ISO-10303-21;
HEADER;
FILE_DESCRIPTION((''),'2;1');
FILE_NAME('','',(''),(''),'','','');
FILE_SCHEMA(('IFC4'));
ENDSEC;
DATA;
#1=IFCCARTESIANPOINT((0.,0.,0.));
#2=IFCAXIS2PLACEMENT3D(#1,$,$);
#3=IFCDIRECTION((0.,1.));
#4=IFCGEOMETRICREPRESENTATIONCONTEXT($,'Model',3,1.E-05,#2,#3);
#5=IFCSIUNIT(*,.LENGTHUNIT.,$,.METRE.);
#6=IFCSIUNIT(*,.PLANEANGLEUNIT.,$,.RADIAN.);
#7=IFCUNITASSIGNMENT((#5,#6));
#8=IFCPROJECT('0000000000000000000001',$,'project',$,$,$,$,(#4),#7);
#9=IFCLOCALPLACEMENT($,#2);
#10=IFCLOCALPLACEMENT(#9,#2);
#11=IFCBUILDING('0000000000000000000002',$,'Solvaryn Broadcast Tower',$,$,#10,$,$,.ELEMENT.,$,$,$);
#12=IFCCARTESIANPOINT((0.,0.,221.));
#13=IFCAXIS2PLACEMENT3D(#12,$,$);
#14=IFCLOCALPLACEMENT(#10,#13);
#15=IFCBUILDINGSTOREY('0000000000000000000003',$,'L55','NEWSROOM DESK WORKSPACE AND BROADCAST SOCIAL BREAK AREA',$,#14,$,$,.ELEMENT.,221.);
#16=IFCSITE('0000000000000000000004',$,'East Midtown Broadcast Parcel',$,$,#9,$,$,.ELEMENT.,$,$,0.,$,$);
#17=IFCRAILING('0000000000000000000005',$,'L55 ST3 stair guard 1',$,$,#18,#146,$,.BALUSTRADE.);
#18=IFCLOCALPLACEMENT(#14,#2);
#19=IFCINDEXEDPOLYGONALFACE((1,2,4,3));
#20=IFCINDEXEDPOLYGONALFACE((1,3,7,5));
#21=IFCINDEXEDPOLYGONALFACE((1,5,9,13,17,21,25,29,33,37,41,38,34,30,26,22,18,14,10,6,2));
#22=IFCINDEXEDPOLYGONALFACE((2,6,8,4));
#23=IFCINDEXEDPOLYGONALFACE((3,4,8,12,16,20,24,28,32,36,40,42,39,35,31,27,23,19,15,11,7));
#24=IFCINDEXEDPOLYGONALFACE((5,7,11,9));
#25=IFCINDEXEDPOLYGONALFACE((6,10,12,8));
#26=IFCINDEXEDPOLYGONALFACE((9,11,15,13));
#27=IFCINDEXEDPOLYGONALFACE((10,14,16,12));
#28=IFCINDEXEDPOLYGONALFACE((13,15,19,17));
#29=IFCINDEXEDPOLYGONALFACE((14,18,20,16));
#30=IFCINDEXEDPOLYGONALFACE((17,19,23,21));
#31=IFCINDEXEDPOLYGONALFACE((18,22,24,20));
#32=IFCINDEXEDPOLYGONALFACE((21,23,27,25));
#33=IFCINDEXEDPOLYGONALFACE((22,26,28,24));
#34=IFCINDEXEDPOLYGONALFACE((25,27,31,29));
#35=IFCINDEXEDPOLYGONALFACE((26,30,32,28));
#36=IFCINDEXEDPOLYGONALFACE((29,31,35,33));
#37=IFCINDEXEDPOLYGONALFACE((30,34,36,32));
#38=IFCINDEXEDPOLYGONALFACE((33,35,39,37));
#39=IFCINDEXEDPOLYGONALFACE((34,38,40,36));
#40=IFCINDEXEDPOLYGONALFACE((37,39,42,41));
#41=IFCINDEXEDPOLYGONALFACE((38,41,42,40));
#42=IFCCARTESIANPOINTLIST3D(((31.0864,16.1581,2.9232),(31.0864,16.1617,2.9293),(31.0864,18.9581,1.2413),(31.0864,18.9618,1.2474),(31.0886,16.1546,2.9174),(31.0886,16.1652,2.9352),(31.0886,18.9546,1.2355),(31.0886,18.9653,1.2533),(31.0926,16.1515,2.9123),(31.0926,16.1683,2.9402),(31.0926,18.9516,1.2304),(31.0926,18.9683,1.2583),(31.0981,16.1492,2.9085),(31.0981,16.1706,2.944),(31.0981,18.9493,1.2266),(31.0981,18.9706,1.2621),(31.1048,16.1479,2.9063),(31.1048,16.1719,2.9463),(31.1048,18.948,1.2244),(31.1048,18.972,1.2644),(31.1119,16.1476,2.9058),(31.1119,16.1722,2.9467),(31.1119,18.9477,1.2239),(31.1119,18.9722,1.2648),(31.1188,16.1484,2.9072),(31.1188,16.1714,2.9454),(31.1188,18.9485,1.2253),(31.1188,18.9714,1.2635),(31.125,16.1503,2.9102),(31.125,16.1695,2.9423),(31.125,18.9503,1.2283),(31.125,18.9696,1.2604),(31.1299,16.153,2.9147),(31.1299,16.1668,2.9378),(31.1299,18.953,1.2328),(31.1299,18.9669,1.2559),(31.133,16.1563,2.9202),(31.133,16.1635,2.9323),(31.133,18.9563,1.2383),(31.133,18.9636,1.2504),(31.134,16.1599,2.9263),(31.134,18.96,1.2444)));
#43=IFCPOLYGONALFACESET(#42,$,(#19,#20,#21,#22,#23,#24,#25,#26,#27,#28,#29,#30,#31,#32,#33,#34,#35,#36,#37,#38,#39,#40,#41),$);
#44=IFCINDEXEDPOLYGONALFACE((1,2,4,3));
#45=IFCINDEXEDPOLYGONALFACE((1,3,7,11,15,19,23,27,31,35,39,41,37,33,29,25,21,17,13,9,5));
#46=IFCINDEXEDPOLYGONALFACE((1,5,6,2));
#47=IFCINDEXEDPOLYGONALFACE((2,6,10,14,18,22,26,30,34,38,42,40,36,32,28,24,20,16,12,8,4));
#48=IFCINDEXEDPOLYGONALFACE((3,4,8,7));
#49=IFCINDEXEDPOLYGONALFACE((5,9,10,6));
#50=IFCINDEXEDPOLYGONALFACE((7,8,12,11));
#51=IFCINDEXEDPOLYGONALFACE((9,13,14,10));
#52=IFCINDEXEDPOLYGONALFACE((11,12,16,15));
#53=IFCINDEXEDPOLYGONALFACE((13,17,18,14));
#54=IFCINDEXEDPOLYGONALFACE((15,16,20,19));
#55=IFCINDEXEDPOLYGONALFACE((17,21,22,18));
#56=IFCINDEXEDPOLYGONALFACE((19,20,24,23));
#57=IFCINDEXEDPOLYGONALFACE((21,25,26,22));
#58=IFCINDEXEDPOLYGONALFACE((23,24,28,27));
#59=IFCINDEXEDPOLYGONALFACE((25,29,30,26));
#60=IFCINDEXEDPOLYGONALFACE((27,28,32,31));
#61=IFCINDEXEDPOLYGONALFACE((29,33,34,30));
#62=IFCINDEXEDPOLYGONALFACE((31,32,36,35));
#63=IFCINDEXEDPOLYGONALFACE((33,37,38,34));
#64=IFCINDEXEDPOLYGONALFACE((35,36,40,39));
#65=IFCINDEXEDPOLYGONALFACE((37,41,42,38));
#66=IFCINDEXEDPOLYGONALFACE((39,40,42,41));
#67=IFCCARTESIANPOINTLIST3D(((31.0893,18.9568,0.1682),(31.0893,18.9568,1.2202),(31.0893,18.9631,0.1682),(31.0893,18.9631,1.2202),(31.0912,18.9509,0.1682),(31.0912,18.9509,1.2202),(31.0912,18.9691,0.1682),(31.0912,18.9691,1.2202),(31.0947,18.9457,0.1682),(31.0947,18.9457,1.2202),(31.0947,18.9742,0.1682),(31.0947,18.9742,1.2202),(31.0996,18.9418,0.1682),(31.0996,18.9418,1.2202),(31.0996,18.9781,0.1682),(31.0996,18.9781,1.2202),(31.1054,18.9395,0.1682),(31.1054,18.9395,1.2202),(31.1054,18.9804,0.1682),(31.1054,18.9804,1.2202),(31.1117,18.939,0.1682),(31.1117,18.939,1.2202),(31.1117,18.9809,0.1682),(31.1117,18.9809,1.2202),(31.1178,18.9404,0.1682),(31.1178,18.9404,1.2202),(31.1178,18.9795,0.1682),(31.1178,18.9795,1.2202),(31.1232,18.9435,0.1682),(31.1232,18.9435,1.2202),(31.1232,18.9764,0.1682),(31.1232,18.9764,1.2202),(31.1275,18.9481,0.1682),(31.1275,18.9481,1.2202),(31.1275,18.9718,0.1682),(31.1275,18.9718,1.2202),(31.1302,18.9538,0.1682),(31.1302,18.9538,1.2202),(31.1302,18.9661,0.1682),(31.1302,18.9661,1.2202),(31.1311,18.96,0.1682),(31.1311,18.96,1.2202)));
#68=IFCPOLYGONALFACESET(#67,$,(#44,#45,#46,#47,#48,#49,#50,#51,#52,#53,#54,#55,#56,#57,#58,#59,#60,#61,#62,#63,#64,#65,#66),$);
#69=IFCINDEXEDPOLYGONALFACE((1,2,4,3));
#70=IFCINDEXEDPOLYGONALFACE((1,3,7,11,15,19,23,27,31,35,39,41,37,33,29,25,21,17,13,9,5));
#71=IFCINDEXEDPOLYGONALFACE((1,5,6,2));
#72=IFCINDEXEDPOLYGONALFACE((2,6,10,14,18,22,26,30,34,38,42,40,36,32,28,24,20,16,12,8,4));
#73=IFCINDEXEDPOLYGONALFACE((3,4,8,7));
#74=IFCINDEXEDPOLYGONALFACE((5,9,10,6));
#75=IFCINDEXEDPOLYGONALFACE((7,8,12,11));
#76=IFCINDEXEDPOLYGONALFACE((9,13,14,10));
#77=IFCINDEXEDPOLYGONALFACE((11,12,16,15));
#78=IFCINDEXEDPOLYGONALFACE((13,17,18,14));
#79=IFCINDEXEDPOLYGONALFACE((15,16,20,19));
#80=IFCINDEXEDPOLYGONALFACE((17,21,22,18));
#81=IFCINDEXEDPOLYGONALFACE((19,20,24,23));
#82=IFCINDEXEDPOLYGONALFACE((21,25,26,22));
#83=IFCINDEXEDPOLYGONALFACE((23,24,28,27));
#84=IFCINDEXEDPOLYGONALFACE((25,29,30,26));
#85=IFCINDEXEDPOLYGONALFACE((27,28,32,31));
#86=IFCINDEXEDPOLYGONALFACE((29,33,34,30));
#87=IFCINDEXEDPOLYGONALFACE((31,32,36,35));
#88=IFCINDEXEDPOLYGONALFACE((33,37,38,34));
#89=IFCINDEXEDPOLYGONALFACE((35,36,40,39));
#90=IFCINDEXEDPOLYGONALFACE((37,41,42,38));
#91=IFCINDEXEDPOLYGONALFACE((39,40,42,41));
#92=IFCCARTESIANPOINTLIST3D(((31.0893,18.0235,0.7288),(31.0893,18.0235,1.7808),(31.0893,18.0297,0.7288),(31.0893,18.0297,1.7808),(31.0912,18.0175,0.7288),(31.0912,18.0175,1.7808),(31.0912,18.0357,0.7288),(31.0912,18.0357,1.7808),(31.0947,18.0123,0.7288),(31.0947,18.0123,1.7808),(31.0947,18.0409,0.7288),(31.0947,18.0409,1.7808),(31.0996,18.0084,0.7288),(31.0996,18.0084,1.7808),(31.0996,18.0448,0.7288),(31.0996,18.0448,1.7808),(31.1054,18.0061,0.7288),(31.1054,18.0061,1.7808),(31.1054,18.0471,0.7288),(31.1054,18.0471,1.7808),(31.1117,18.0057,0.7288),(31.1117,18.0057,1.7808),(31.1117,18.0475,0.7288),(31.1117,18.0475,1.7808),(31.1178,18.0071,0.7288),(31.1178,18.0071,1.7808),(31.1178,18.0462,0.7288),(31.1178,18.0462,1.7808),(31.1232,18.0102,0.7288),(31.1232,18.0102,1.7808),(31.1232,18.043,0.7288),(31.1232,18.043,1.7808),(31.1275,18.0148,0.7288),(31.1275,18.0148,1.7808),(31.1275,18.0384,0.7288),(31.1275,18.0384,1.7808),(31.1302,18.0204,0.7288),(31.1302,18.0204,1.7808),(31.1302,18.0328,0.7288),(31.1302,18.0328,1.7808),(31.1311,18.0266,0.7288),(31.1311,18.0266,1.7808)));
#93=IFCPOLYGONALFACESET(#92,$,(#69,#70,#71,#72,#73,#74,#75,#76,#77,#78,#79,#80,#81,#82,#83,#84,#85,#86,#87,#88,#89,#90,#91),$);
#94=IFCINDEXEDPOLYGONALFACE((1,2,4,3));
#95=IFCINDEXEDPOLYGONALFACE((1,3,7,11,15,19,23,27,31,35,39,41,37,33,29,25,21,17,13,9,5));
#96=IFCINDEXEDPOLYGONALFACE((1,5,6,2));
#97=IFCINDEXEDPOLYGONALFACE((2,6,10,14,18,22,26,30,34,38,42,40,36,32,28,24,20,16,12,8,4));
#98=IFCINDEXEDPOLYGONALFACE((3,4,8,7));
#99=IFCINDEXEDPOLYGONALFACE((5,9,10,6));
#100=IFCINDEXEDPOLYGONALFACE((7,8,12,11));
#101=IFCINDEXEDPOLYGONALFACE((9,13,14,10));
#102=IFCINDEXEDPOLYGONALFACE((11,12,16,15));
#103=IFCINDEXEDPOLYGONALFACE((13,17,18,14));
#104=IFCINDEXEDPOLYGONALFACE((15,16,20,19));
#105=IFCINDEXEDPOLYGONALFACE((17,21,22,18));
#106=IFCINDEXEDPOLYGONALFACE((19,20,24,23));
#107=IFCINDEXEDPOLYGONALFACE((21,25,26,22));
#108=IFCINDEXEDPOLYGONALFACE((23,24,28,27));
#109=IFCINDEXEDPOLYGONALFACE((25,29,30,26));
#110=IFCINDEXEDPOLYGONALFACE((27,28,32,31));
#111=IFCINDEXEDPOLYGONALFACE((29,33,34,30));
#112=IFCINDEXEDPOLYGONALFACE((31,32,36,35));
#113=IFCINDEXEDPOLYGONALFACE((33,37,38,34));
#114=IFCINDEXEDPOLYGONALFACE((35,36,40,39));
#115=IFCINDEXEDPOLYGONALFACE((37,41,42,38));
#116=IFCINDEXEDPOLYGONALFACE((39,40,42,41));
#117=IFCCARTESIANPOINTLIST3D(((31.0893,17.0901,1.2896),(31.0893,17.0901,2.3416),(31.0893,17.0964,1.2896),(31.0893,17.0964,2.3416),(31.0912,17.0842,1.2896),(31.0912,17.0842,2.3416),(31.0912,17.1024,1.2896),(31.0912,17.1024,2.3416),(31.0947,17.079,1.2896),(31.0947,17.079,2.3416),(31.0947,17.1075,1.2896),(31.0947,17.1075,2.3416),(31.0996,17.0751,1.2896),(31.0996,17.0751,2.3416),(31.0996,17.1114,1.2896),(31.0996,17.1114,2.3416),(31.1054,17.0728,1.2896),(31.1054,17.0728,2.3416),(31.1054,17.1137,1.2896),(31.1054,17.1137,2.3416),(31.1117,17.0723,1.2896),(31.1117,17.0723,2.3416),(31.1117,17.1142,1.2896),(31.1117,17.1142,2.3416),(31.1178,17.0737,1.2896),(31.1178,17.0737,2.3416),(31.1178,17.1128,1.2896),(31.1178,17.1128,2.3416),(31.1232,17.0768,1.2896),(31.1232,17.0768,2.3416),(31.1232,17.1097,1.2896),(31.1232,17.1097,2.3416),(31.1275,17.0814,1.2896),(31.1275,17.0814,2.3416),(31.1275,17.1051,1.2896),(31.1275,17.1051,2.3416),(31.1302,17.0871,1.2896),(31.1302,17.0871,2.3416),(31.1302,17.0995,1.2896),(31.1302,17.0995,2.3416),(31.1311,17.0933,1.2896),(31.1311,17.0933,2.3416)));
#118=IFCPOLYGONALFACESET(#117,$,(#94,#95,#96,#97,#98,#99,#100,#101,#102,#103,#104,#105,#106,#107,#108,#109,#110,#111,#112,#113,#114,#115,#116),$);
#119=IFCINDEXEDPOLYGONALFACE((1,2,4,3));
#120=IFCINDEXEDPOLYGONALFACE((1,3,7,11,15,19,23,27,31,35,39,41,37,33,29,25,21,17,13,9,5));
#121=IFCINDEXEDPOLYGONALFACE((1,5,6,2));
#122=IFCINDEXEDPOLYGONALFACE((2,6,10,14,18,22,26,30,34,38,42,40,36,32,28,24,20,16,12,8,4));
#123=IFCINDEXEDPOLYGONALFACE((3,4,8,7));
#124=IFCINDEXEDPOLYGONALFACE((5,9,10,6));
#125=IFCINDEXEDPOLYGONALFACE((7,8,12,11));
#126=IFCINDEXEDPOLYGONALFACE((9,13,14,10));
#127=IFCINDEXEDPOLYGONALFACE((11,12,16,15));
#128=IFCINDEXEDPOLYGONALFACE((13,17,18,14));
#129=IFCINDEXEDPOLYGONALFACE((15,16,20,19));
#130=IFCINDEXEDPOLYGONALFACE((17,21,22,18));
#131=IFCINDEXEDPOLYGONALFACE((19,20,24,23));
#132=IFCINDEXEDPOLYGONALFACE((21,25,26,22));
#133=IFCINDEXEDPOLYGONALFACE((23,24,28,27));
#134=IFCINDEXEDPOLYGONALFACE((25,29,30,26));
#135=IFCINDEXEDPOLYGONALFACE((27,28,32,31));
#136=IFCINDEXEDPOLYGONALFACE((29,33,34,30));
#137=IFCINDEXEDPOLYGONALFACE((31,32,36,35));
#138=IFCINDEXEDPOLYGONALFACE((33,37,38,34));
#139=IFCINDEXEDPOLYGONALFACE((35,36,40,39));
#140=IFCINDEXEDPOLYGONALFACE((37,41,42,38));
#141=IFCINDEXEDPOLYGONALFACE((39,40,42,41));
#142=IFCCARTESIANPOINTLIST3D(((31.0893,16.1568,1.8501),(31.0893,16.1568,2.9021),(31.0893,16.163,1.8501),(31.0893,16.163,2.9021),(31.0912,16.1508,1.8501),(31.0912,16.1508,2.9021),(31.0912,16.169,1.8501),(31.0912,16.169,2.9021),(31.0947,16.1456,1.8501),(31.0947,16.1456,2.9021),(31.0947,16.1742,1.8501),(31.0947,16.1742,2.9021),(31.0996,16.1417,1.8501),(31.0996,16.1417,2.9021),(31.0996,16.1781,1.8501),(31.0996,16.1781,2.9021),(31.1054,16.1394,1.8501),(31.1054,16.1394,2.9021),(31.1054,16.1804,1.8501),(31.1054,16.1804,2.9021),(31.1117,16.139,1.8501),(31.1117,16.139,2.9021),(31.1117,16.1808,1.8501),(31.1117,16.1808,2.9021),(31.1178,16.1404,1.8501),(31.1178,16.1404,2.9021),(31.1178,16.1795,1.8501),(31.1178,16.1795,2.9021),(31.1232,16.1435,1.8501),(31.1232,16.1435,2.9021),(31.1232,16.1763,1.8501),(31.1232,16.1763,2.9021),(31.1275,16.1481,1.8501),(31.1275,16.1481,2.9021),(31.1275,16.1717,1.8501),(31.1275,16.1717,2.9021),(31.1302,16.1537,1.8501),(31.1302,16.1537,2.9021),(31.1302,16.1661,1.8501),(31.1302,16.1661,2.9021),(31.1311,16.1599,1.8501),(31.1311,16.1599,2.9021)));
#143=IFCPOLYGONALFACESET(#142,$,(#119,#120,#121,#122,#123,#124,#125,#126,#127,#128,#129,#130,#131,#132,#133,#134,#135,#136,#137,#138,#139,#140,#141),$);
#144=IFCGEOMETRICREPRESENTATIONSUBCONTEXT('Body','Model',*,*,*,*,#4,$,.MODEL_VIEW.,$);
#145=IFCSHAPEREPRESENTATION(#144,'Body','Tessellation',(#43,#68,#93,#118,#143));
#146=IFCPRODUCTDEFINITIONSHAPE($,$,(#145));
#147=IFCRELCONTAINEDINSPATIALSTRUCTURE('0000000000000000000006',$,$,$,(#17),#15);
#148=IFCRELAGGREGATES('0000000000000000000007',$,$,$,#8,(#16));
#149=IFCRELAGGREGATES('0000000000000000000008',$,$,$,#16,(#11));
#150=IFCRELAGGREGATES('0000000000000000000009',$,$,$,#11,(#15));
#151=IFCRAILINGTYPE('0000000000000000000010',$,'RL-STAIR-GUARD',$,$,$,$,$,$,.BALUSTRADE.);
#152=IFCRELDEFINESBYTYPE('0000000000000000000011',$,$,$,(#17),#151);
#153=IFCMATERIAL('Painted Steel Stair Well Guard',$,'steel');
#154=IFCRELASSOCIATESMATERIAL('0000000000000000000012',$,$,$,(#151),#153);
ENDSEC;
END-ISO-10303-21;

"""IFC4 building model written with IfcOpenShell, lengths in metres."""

from ifc_helpers import new_model, si_unit, direction, frame, origin, origin_2d, place, context, subcontext, project, spatial, circle, extrude, material, type_object, element, save


model = new_model("IFC4")

# Units and contexts
model_context = context("Model", 3, precision=1e-05, world=origin(), true_north=direction((0.0, 1.0)))
body_context = subcontext(model_context, "Body", "Model", "MODEL_VIEW")
ifc_project = project(units=[si_unit("LENGTHUNIT", "METRE"), si_unit("PLANEANGLEUNIT", "RADIAN")], contexts=[model_context])

# Site, building, storey
site_placement = place(None, origin())
site = spatial("IfcSite", under=ifc_project, at=site_placement, Name="East Midtown Broadcast Parcel", CompositionType="ELEMENT", RefElevation=0.0)
building_placement = place(site_placement, origin())
building = spatial("IfcBuilding", under=site, at=building_placement, Name="Solvaryn Broadcast Tower", CompositionType="ELEMENT")
storey_placement = place(building_placement, frame((0.0, 0.0, 221.0)))
storey = spatial("IfcBuildingStorey", under=building, at=storey_placement, Name="L55", Description="NEWSROOM DESK WORKSPACE AND BROADCAST SOCIAL BREAK AREA", CompositionType="ELEMENT", Elevation=221.0)

# Railing
ifc_material_1 = material(Name="Painted Steel Stair Well Guard", Category="steel")
railing_type_1 = type_object("IfcRailingType", Name="RL-STAIR-GUARD", PredefinedType="BALUSTRADE", material=ifc_material_1)
railing_1_placement = place(storey_placement, frame((31.1101, 18.96, 0.1682)))
element("IfcRailing", 1, at=railing_1_placement, inside=storey, type_object=railing_type_1, Name="L55 ST3 stair guard 1", PredefinedType="BALUSTRADE", context=body_context, shape_type="SweptSolid", body=[
    extrude(circle(Radius=0.0239, at=origin_2d()), frame((0.0, 0.0, 1.0762), z_axis=(0.0, -0.857242, 0.514913), x_axis=(1.0, 0.0, 0.0)), (0.0, 0.0, 1.0), 3.2664),
    extrude(circle(Radius=0.021, at=origin_2d()), origin(), (0.0, 0.0, 1.0), 1.052),
    extrude(circle(Radius=0.021, at=origin_2d()), frame((0.0, -0.9333, 0.5605)), (0.0, 0.0, 1.0), 1.052),
    extrude(circle(Radius=0.021, at=origin_2d()), frame((0.0, -1.8667, 1.1213)), (0.0, 0.0, 1.0), 1.052),
    extrude(circle(Radius=0.021, at=origin_2d()), frame((0.0, -2.8, 1.6819)), (0.0, 0.0, 1.0), 1.052),
])

save(model, "model.ifc")
